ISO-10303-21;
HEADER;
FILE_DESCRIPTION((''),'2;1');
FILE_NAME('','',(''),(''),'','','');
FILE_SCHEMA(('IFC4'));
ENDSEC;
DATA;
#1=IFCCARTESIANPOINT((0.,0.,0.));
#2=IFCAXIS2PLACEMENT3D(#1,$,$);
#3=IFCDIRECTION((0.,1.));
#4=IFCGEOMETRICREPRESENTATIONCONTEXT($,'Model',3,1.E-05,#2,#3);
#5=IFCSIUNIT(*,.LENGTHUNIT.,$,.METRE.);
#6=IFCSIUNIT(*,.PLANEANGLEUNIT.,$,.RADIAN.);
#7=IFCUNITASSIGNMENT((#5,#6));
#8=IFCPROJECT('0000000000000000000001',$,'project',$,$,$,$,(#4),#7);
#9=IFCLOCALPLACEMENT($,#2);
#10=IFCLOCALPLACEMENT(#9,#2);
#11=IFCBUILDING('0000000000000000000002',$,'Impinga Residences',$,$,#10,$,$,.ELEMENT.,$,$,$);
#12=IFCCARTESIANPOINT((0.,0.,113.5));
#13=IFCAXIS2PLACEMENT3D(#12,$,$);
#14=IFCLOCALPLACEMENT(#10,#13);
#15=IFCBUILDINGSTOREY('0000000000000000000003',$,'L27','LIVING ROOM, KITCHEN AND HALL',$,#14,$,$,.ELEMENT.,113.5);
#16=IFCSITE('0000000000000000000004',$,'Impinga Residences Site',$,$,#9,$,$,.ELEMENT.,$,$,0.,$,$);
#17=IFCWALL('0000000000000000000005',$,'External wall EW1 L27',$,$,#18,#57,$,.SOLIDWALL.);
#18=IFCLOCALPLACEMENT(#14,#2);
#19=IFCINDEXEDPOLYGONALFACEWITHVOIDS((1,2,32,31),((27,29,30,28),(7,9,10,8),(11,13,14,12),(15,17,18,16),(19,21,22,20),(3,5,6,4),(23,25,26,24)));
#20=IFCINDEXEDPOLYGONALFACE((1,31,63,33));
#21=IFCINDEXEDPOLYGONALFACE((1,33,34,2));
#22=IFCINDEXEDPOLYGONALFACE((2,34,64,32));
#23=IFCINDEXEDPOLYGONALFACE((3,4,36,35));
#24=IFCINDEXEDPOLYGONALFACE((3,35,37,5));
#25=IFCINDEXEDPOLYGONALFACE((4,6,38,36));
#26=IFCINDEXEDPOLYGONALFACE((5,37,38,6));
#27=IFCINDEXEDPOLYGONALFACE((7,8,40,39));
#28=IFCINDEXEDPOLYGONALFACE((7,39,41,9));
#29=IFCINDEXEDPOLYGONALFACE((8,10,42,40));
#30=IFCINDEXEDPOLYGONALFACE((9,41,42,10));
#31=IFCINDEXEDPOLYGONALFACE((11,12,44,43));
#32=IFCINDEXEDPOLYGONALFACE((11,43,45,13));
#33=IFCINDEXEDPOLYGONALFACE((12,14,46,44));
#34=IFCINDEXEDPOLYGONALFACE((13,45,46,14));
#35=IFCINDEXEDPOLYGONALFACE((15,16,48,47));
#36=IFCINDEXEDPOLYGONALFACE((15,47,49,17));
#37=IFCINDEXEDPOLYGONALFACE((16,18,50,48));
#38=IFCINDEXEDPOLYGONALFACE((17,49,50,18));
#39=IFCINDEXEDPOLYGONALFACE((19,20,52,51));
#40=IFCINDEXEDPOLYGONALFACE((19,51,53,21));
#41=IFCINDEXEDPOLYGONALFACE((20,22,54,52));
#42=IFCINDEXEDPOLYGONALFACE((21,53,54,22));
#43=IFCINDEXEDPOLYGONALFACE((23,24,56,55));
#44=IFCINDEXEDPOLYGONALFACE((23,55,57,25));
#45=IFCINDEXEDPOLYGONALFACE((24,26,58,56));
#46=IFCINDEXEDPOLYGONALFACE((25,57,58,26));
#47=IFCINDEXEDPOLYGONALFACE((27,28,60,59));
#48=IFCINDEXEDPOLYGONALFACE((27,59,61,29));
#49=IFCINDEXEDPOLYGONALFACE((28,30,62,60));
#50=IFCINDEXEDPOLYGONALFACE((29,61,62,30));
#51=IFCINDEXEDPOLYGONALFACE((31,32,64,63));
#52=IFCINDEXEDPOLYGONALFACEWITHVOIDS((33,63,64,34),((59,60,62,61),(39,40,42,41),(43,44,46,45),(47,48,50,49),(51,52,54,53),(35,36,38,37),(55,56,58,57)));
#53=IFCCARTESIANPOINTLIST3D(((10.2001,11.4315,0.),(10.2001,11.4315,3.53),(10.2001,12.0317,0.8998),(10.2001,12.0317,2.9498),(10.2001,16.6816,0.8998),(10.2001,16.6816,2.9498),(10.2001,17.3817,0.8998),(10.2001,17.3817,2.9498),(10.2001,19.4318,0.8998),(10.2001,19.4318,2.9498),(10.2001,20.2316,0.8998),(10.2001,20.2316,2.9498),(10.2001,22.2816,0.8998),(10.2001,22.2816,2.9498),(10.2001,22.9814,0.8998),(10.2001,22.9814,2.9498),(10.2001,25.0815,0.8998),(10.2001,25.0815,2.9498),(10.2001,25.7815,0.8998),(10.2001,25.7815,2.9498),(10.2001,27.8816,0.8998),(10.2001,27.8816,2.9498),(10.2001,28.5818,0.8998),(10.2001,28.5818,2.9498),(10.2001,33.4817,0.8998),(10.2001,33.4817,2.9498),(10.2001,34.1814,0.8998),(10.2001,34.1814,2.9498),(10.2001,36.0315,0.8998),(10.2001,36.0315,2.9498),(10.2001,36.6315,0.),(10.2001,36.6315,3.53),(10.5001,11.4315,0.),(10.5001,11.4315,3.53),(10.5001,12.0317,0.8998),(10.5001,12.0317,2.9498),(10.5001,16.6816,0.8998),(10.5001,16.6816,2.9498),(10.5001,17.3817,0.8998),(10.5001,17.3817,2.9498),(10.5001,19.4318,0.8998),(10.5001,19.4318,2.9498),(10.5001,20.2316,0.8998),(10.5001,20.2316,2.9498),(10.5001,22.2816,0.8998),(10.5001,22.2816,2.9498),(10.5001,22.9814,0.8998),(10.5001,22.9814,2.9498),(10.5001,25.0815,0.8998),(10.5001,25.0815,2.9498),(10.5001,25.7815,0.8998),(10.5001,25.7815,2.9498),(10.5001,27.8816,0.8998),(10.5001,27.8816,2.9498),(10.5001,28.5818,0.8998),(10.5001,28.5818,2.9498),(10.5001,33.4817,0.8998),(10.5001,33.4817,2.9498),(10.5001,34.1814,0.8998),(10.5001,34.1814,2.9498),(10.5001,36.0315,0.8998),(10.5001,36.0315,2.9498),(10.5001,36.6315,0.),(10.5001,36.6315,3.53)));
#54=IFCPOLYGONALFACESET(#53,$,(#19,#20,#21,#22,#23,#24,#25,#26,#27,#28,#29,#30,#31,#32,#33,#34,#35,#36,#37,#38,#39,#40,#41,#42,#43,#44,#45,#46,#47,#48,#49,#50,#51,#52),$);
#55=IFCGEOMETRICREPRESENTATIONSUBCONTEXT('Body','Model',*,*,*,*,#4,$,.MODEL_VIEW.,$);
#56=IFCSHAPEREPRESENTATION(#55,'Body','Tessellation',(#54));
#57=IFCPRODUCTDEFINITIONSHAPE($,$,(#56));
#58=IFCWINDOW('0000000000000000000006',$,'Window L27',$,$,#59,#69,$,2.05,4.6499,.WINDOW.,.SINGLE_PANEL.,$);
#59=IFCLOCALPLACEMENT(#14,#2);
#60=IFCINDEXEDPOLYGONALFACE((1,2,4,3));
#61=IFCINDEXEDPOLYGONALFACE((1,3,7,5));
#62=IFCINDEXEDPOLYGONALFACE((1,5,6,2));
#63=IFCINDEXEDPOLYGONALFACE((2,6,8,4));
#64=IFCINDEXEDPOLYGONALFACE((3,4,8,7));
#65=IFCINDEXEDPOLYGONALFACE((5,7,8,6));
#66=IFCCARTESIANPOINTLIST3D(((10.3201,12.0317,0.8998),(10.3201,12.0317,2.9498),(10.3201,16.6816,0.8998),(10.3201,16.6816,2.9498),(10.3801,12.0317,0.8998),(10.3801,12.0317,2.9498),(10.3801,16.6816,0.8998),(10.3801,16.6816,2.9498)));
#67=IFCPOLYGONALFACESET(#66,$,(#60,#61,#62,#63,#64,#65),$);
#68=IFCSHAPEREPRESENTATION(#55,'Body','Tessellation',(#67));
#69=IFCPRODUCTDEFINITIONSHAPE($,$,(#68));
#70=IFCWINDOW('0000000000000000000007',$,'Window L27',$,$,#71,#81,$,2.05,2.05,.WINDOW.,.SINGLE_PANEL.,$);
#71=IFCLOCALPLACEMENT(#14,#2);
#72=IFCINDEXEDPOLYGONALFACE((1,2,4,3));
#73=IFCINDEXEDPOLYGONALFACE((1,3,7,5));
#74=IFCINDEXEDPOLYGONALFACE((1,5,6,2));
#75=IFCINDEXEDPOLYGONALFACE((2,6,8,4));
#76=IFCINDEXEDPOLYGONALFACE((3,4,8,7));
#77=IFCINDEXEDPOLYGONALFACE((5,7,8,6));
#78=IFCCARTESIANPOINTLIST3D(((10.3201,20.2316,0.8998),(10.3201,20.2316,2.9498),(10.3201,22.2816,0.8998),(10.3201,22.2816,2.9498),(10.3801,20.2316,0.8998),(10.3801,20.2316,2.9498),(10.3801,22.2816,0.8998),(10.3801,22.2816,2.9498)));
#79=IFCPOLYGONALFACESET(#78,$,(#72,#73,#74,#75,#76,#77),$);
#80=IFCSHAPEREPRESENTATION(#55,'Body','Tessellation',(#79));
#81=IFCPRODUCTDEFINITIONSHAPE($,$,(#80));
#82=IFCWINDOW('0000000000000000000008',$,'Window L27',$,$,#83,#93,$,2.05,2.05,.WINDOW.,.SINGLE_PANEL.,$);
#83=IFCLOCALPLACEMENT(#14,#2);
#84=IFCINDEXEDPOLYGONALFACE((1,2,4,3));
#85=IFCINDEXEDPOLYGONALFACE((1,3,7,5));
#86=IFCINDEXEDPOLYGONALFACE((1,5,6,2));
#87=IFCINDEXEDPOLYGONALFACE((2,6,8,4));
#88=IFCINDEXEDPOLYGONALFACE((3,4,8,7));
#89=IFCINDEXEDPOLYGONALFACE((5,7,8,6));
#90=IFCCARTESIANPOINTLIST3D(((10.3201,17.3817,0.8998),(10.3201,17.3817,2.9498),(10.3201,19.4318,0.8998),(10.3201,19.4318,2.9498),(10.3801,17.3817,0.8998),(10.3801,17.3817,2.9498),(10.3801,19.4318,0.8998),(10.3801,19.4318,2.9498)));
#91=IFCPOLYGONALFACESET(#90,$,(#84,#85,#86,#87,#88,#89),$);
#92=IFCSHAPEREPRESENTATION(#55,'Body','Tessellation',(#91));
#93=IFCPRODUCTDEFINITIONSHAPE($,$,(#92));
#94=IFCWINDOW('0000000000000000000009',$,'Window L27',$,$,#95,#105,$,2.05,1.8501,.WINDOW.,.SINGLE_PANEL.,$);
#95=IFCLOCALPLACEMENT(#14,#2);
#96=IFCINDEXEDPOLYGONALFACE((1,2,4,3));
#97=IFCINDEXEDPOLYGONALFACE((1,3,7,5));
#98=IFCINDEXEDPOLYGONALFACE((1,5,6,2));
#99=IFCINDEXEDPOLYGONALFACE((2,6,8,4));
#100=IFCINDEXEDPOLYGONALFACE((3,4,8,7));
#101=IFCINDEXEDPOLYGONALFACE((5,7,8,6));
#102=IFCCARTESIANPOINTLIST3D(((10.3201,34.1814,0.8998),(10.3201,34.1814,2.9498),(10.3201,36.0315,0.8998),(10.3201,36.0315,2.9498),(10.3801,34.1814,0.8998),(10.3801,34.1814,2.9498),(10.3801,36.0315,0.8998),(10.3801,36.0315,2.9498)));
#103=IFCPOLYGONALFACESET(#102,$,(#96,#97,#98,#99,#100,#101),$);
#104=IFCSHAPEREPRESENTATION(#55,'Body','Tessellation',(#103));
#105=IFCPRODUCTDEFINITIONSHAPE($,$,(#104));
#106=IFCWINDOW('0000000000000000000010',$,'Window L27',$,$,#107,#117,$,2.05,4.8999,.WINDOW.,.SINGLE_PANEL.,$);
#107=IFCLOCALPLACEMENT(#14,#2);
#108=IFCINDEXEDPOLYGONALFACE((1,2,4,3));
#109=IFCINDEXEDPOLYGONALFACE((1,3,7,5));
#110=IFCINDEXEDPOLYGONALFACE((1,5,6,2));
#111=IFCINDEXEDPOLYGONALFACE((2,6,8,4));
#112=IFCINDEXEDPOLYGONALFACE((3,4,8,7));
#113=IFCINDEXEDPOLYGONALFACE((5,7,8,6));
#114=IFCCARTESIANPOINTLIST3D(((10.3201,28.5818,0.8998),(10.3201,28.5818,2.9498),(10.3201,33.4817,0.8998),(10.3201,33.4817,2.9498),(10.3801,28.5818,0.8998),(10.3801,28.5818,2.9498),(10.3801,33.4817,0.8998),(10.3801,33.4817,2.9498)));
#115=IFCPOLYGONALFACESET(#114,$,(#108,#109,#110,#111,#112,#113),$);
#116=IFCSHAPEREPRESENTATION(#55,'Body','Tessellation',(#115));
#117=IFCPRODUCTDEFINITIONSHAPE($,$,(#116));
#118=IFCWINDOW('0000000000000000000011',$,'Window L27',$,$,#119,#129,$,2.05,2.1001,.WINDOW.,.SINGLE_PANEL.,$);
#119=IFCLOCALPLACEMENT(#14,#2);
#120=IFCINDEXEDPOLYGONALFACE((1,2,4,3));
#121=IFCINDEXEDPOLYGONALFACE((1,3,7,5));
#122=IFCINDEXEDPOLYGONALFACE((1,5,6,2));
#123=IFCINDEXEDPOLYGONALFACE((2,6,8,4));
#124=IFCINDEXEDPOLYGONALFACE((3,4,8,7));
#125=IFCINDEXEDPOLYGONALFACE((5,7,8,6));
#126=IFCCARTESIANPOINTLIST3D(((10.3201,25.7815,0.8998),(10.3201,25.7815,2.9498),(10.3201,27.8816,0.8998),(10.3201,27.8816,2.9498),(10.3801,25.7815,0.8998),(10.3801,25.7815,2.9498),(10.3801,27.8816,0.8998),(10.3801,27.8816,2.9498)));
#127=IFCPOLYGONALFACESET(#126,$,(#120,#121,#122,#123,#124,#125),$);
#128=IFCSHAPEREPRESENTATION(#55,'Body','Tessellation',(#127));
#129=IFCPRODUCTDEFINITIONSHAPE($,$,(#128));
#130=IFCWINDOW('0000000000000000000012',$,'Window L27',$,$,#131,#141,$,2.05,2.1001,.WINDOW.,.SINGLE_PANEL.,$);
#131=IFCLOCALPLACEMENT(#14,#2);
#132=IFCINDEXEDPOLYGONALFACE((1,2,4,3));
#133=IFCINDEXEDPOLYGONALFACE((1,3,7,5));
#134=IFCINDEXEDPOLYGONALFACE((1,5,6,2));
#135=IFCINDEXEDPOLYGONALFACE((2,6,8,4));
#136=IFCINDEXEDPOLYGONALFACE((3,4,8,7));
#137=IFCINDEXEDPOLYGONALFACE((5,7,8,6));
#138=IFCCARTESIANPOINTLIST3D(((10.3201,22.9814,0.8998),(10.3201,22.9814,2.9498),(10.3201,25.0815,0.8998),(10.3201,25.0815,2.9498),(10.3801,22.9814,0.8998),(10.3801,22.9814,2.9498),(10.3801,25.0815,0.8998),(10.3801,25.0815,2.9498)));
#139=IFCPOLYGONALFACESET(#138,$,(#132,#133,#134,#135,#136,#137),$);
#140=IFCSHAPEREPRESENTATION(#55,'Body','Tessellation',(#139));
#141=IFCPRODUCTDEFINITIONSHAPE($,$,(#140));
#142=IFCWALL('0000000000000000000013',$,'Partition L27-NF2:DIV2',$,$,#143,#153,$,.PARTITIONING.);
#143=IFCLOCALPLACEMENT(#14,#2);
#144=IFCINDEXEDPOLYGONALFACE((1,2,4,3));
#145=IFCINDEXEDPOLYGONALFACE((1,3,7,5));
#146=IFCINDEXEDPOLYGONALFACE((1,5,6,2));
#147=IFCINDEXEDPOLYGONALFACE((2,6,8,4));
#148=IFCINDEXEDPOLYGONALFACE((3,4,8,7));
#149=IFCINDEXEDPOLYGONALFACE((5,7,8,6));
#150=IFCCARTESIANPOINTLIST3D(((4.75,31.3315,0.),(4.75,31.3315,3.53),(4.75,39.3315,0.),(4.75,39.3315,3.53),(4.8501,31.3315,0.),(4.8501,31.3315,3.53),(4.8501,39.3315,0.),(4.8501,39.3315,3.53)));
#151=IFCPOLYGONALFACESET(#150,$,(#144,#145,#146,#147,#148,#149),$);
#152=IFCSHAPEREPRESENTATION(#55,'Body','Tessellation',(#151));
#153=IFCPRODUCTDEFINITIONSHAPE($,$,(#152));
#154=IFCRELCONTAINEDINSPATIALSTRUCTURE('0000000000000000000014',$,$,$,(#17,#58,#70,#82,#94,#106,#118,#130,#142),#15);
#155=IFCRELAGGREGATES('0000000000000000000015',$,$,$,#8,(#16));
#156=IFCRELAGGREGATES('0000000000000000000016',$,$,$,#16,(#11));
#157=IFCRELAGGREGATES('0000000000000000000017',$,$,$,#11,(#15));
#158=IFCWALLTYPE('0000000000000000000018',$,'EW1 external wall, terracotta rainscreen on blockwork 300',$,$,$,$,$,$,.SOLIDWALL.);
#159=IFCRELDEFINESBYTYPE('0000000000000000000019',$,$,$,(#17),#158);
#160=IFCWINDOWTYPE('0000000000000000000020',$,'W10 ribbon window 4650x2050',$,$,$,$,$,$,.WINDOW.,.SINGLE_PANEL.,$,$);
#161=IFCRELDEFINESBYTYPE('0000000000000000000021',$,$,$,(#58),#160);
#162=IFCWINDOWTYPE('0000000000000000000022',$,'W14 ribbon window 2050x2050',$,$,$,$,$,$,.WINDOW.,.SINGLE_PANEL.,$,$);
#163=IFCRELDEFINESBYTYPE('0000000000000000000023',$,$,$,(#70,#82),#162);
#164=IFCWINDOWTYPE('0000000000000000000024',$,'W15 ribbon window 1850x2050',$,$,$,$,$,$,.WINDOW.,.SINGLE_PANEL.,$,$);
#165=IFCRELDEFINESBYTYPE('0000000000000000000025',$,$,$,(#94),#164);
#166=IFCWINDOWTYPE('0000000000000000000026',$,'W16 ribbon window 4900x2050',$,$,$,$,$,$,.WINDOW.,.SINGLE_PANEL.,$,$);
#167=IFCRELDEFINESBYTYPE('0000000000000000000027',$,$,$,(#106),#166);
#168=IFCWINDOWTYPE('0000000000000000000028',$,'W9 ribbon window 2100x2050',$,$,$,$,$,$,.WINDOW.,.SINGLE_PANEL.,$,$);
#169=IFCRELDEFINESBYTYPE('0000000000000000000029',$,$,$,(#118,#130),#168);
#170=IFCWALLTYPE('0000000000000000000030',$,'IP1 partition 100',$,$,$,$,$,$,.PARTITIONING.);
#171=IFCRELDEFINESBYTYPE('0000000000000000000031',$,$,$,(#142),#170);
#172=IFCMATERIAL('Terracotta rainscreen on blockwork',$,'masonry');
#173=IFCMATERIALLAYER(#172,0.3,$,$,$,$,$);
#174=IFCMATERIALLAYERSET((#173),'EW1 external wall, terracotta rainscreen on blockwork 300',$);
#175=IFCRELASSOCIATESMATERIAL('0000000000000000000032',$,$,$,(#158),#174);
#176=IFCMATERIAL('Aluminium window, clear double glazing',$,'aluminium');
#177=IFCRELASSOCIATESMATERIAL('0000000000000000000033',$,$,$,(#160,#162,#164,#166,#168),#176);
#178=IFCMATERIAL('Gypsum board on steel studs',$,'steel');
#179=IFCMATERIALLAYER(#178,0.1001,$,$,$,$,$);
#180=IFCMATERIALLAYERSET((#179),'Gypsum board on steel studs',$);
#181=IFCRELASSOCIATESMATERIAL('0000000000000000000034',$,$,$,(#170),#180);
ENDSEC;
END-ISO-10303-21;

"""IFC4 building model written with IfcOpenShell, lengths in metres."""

from ifc_helpers import new_model, si_unit, direction, frame, frame_2d, origin, place, context, subcontext, project, spatial, rectangle, extrude, material, layer, layer_set, type_object, element, fill, save


model = new_model("IFC4")

# Units and contexts
model_context = context("Model", 3, precision=1e-05, world=origin(), true_north=direction((0.0, 1.0)))
body_context = subcontext(model_context, "Body", "Model", "MODEL_VIEW")
ifc_project = project(units=[si_unit("LENGTHUNIT", "METRE"), si_unit("PLANEANGLEUNIT", "RADIAN")], contexts=[model_context])

# Site, building, storey
site_placement = place(None, origin())
site = spatial("IfcSite", under=ifc_project, at=site_placement, Name="Impinga Residences Site", CompositionType="ELEMENT", RefElevation=0.0)
building_placement = place(site_placement, origin())
building = spatial("IfcBuilding", under=site, at=building_placement, Name="Impinga Residences", CompositionType="ELEMENT")
storey_placement = place(building_placement, frame((0.0, 0.0, 113.5)))
storey = spatial("IfcBuildingStorey", under=building, at=storey_placement, Name="L27", Description="LIVING ROOM, KITCHEN AND HALL", CompositionType="ELEMENT", Elevation=113.5)

# Shared definitions
ifc_material_1 = material(Name="Terracotta rainscreen on blockwork", Category="masonry")
ifc_layer_1 = layer(ifc_material_1, 0.3)
ifc_layer_set_1 = layer_set([ifc_layer_1], Name="EW1 external wall, terracotta rainscreen on blockwork 300")
wall_type_1 = type_object("IfcWallType", Name="EW1 external wall, terracotta rainscreen on blockwork 300", PredefinedType="SOLIDWALL", material=ifc_layer_set_1)

# Wall, openings, windows
wall_1_placement = place(storey_placement, frame((10.3501, 36.6316, 0.0), z_axis=(0.0, 0.0, 1.0), x_axis=(0.0, -1.0, 0.0)))
wall_1 = element("IfcWall", 1, at=wall_1_placement, inside=storey, type_object=wall_type_1, Name="External wall EW1 L27", PredefinedType="SOLIDWALL", context=body_context, shape_type="SweptSolid", body=[
    extrude(rectangle(XDim=25.2, YDim=0.3, at=frame_2d((12.6001, 0.0))), origin(), (0.0, 0.0, 1.0), 3.53),
])
opening_1_placement = place(wall_1_placement, frame((0.6001, 0.0, 0.8999)))
opening_1 = element("IfcOpeningElement", 2, at=opening_1_placement, cuts=wall_1, PredefinedType="OPENING", context=body_context, shape_type="SweptSolid", body=[
    extrude(rectangle(XDim=1.8501, YDim=2.05, at=frame_2d((0.925, 1.0249))), frame((0.0, 0.1599, 0.0), z_axis=(0.0, -1.0, 0.0), x_axis=(1.0, 0.0, 0.0)), (0.0, 0.0, 1.0), 0.3201),
])
opening_2_placement = place(wall_1_placement, frame((3.1499, 0.0, 0.8999)))
opening_2 = element("IfcOpeningElement", 3, at=opening_2_placement, cuts=wall_1, PredefinedType="OPENING", context=body_context, shape_type="SweptSolid", body=[
    extrude(rectangle(XDim=4.8999, YDim=2.05, at=frame_2d((2.45, 1.0249))), frame((0.0, 0.1599, 0.0), z_axis=(0.0, -1.0, 0.0), x_axis=(1.0, 0.0, 0.0)), (0.0, 0.0, 1.0), 0.3201),
])
opening_3_placement = place(wall_1_placement, frame((8.75, 0.0, 0.8999)))
opening_3 = element("IfcOpeningElement", 4, at=opening_3_placement, cuts=wall_1, PredefinedType="OPENING", context=body_context, shape_type="SweptSolid", body=[
    extrude(rectangle(XDim=2.1001, YDim=2.05, at=frame_2d((1.05, 1.0249))), frame((0.0, 0.1599, 0.0), z_axis=(0.0, -1.0, 0.0), x_axis=(1.0, 0.0, 0.0)), (0.0, 0.0, 1.0), 0.3201),
])
opening_4_placement = place(wall_1_placement, frame((11.55, 0.0, 0.8999)))
opening_4 = element("IfcOpeningElement", 5, at=opening_4_placement, cuts=wall_1, PredefinedType="OPENING", context=body_context, shape_type="SweptSolid", body=[
    extrude(rectangle(XDim=2.1001, YDim=2.05, at=frame_2d((1.05, 1.0249))), frame((0.0, 0.1599, 0.0), z_axis=(0.0, -1.0, 0.0), x_axis=(1.0, 0.0, 0.0)), (0.0, 0.0, 1.0), 0.3201),
])
opening_5_placement = place(wall_1_placement, frame((14.3501, 0.0, 0.8999)))
opening_5 = element("IfcOpeningElement", 6, at=opening_5_placement, cuts=wall_1, PredefinedType="OPENING", context=body_context, shape_type="SweptSolid", body=[
    extrude(rectangle(XDim=2.05, YDim=2.05, at=frame_2d((1.0249, 1.0249))), frame((0.0, 0.1599, 0.0), z_axis=(0.0, -1.0, 0.0), x_axis=(1.0, 0.0, 0.0)), (0.0, 0.0, 1.0), 0.3201),
])
opening_6_placement = place(wall_1_placement, frame((17.2, 0.0, 0.8999)))
opening_6 = element("IfcOpeningElement", 7, at=opening_6_placement, cuts=wall_1, PredefinedType="OPENING", context=body_context, shape_type="SweptSolid", body=[
    extrude(rectangle(XDim=2.05, YDim=2.05, at=frame_2d((1.0249, 1.0249))), frame((0.0, 0.1599, 0.0), z_axis=(0.0, -1.0, 0.0), x_axis=(1.0, 0.0, 0.0)), (0.0, 0.0, 1.0), 0.3201),
])
opening_7_placement = place(wall_1_placement, frame((19.95, 0.0, 0.8999)))
opening_7 = element("IfcOpeningElement", 8, at=opening_7_placement, cuts=wall_1, PredefinedType="OPENING", context=body_context, shape_type="SweptSolid", body=[
    extrude(rectangle(XDim=4.6499, YDim=2.05, at=frame_2d((2.325, 1.0249))), frame((0.0, 0.1599, 0.0), z_axis=(0.0, -1.0, 0.0), x_axis=(1.0, 0.0, 0.0)), (0.0, 0.0, 1.0), 0.3201),
])
ifc_material_2 = material(Name="Aluminium window, clear double glazing", Category="aluminium")
window_type_1 = type_object("IfcWindowType", Name="W10 ribbon window 4650x2050", PartitioningType="SINGLE_PANEL", PredefinedType="WINDOW", material=ifc_material_2)
window_1_placement = place(opening_7_placement, origin())
window_1 = element("IfcWindow", 9, at=window_1_placement, inside=storey, type_object=window_type_1, Name="Window L27", OverallHeight=2.05, OverallWidth=4.6499, PartitioningType="SINGLE_PANEL", PredefinedType="WINDOW", context=body_context, shape_type="SweptSolid", body=[
    extrude(rectangle(XDim=4.6499, YDim=2.05, at=frame_2d((2.325, 1.0249))), frame((0.0, 0.03, 0.0), z_axis=(0.0, -1.0, 0.0), x_axis=(1.0, 0.0, 0.0)), (0.0, 0.0, 1.0), 0.0601),
])
fill(opening_7, window_1)
window_type_2 = type_object("IfcWindowType", Name="W14 ribbon window 2050x2050", PartitioningType="SINGLE_PANEL", PredefinedType="WINDOW", material=ifc_material_2)
window_2_placement = place(opening_5_placement, origin())
window_2 = element("IfcWindow", 10, at=window_2_placement, inside=storey, type_object=window_type_2, Name="Window L27", OverallHeight=2.05, OverallWidth=2.05, PartitioningType="SINGLE_PANEL", PredefinedType="WINDOW", context=body_context, shape_type="SweptSolid", body=[
    extrude(rectangle(XDim=2.05, YDim=2.05, at=frame_2d((1.0249, 1.0249))), frame((0.0, 0.03, 0.0), z_axis=(0.0, -1.0, 0.0), x_axis=(1.0, 0.0, 0.0)), (0.0, 0.0, 1.0), 0.0601),
])
fill(opening_5, window_2)
window_3_placement = place(opening_6_placement, origin())
window_3 = element("IfcWindow", 11, at=window_3_placement, inside=storey, type_object=window_type_2, Name="Window L27", OverallHeight=2.05, OverallWidth=2.05, PartitioningType="SINGLE_PANEL", PredefinedType="WINDOW", context=body_context, shape_type="SweptSolid", body=[
    extrude(rectangle(XDim=2.05, YDim=2.05, at=frame_2d((1.0249, 1.0249))), frame((0.0, 0.03, 0.0), z_axis=(0.0, -1.0, 0.0), x_axis=(1.0, 0.0, 0.0)), (0.0, 0.0, 1.0), 0.0601),
])
fill(opening_6, window_3)
window_type_3 = type_object("IfcWindowType", Name="W15 ribbon window 1850x2050", PartitioningType="SINGLE_PANEL", PredefinedType="WINDOW", material=ifc_material_2)
window_4_placement = place(opening_1_placement, origin())
window_4 = element("IfcWindow", 12, at=window_4_placement, inside=storey, type_object=window_type_3, Name="Window L27", OverallHeight=2.05, OverallWidth=1.8501, PartitioningType="SINGLE_PANEL", PredefinedType="WINDOW", context=body_context, shape_type="SweptSolid", body=[
    extrude(rectangle(XDim=1.8501, YDim=2.05, at=frame_2d((0.925, 1.0249))), frame((0.0, 0.03, 0.0), z_axis=(0.0, -1.0, 0.0), x_axis=(1.0, 0.0, 0.0)), (0.0, 0.0, 1.0), 0.0601),
])
fill(opening_1, window_4)
window_type_4 = type_object("IfcWindowType", Name="W16 ribbon window 4900x2050", PartitioningType="SINGLE_PANEL", PredefinedType="WINDOW", material=ifc_material_2)
window_5_placement = place(opening_2_placement, origin())
window_5 = element("IfcWindow", 13, at=window_5_placement, inside=storey, type_object=window_type_4, Name="Window L27", OverallHeight=2.05, OverallWidth=4.8999, PartitioningType="SINGLE_PANEL", PredefinedType="WINDOW", context=body_context, shape_type="SweptSolid", body=[
    extrude(rectangle(XDim=4.8999, YDim=2.05, at=frame_2d((2.45, 1.0249))), frame((0.0, 0.03, 0.0), z_axis=(0.0, -1.0, 0.0), x_axis=(1.0, 0.0, 0.0)), (0.0, 0.0, 1.0), 0.0601),
])
fill(opening_2, window_5)
window_type_5 = type_object("IfcWindowType", Name="W9 ribbon window 2100x2050", PartitioningType="SINGLE_PANEL", PredefinedType="WINDOW", material=ifc_material_2)
window_6_placement = place(opening_3_placement, origin())
window_6 = element("IfcWindow", 14, at=window_6_placement, inside=storey, type_object=window_type_5, Name="Window L27", OverallHeight=2.05, OverallWidth=2.1001, PartitioningType="SINGLE_PANEL", PredefinedType="WINDOW", context=body_context, shape_type="SweptSolid", body=[
    extrude(rectangle(XDim=2.1001, YDim=2.05, at=frame_2d((1.05, 1.0249))), frame((0.0, 0.03, 0.0), z_axis=(0.0, -1.0, 0.0), x_axis=(1.0, 0.0, 0.0)), (0.0, 0.0, 1.0), 0.0601),
])
fill(opening_3, window_6)
window_7_placement = place(opening_4_placement, origin())
window_7 = element("IfcWindow", 15, at=window_7_placement, inside=storey, type_object=window_type_5, Name="Window L27", OverallHeight=2.05, OverallWidth=2.1001, PartitioningType="SINGLE_PANEL", PredefinedType="WINDOW", context=body_context, shape_type="SweptSolid", body=[
    extrude(rectangle(XDim=2.1001, YDim=2.05, at=frame_2d((1.05, 1.0249))), frame((0.0, 0.03, 0.0), z_axis=(0.0, -1.0, 0.0), x_axis=(1.0, 0.0, 0.0)), (0.0, 0.0, 1.0), 0.0601),
])
fill(opening_4, window_7)

# Wall
ifc_material_3 = material(Name="Gypsum board on steel studs", Category="steel")
ifc_layer_2 = layer(ifc_material_3, 0.1001)
ifc_layer_set_2 = layer_set([ifc_layer_2], Name="Gypsum board on steel studs")
wall_type_2 = type_object("IfcWallType", Name="IP1 partition 100", PredefinedType="PARTITIONING", material=ifc_layer_set_2)
wall_2_placement = place(storey_placement, frame((4.8, 31.3315, 0.0), z_axis=(0.0, 0.0, 1.0), x_axis=(0.0, 1.0, 0.0)))
element("IfcWall", 16, at=wall_2_placement, inside=storey, type_object=wall_type_2, Name="Partition L27-NF2:DIV2", PredefinedType="PARTITIONING", context=body_context, shape_type="SweptSolid", body=[
    extrude(rectangle(XDim=8.0, YDim=0.1001, at=frame_2d((4.0, 0.0))), origin(), (0.0, 0.0, 1.0), 3.53),
])

save(model, "model.ifc")
